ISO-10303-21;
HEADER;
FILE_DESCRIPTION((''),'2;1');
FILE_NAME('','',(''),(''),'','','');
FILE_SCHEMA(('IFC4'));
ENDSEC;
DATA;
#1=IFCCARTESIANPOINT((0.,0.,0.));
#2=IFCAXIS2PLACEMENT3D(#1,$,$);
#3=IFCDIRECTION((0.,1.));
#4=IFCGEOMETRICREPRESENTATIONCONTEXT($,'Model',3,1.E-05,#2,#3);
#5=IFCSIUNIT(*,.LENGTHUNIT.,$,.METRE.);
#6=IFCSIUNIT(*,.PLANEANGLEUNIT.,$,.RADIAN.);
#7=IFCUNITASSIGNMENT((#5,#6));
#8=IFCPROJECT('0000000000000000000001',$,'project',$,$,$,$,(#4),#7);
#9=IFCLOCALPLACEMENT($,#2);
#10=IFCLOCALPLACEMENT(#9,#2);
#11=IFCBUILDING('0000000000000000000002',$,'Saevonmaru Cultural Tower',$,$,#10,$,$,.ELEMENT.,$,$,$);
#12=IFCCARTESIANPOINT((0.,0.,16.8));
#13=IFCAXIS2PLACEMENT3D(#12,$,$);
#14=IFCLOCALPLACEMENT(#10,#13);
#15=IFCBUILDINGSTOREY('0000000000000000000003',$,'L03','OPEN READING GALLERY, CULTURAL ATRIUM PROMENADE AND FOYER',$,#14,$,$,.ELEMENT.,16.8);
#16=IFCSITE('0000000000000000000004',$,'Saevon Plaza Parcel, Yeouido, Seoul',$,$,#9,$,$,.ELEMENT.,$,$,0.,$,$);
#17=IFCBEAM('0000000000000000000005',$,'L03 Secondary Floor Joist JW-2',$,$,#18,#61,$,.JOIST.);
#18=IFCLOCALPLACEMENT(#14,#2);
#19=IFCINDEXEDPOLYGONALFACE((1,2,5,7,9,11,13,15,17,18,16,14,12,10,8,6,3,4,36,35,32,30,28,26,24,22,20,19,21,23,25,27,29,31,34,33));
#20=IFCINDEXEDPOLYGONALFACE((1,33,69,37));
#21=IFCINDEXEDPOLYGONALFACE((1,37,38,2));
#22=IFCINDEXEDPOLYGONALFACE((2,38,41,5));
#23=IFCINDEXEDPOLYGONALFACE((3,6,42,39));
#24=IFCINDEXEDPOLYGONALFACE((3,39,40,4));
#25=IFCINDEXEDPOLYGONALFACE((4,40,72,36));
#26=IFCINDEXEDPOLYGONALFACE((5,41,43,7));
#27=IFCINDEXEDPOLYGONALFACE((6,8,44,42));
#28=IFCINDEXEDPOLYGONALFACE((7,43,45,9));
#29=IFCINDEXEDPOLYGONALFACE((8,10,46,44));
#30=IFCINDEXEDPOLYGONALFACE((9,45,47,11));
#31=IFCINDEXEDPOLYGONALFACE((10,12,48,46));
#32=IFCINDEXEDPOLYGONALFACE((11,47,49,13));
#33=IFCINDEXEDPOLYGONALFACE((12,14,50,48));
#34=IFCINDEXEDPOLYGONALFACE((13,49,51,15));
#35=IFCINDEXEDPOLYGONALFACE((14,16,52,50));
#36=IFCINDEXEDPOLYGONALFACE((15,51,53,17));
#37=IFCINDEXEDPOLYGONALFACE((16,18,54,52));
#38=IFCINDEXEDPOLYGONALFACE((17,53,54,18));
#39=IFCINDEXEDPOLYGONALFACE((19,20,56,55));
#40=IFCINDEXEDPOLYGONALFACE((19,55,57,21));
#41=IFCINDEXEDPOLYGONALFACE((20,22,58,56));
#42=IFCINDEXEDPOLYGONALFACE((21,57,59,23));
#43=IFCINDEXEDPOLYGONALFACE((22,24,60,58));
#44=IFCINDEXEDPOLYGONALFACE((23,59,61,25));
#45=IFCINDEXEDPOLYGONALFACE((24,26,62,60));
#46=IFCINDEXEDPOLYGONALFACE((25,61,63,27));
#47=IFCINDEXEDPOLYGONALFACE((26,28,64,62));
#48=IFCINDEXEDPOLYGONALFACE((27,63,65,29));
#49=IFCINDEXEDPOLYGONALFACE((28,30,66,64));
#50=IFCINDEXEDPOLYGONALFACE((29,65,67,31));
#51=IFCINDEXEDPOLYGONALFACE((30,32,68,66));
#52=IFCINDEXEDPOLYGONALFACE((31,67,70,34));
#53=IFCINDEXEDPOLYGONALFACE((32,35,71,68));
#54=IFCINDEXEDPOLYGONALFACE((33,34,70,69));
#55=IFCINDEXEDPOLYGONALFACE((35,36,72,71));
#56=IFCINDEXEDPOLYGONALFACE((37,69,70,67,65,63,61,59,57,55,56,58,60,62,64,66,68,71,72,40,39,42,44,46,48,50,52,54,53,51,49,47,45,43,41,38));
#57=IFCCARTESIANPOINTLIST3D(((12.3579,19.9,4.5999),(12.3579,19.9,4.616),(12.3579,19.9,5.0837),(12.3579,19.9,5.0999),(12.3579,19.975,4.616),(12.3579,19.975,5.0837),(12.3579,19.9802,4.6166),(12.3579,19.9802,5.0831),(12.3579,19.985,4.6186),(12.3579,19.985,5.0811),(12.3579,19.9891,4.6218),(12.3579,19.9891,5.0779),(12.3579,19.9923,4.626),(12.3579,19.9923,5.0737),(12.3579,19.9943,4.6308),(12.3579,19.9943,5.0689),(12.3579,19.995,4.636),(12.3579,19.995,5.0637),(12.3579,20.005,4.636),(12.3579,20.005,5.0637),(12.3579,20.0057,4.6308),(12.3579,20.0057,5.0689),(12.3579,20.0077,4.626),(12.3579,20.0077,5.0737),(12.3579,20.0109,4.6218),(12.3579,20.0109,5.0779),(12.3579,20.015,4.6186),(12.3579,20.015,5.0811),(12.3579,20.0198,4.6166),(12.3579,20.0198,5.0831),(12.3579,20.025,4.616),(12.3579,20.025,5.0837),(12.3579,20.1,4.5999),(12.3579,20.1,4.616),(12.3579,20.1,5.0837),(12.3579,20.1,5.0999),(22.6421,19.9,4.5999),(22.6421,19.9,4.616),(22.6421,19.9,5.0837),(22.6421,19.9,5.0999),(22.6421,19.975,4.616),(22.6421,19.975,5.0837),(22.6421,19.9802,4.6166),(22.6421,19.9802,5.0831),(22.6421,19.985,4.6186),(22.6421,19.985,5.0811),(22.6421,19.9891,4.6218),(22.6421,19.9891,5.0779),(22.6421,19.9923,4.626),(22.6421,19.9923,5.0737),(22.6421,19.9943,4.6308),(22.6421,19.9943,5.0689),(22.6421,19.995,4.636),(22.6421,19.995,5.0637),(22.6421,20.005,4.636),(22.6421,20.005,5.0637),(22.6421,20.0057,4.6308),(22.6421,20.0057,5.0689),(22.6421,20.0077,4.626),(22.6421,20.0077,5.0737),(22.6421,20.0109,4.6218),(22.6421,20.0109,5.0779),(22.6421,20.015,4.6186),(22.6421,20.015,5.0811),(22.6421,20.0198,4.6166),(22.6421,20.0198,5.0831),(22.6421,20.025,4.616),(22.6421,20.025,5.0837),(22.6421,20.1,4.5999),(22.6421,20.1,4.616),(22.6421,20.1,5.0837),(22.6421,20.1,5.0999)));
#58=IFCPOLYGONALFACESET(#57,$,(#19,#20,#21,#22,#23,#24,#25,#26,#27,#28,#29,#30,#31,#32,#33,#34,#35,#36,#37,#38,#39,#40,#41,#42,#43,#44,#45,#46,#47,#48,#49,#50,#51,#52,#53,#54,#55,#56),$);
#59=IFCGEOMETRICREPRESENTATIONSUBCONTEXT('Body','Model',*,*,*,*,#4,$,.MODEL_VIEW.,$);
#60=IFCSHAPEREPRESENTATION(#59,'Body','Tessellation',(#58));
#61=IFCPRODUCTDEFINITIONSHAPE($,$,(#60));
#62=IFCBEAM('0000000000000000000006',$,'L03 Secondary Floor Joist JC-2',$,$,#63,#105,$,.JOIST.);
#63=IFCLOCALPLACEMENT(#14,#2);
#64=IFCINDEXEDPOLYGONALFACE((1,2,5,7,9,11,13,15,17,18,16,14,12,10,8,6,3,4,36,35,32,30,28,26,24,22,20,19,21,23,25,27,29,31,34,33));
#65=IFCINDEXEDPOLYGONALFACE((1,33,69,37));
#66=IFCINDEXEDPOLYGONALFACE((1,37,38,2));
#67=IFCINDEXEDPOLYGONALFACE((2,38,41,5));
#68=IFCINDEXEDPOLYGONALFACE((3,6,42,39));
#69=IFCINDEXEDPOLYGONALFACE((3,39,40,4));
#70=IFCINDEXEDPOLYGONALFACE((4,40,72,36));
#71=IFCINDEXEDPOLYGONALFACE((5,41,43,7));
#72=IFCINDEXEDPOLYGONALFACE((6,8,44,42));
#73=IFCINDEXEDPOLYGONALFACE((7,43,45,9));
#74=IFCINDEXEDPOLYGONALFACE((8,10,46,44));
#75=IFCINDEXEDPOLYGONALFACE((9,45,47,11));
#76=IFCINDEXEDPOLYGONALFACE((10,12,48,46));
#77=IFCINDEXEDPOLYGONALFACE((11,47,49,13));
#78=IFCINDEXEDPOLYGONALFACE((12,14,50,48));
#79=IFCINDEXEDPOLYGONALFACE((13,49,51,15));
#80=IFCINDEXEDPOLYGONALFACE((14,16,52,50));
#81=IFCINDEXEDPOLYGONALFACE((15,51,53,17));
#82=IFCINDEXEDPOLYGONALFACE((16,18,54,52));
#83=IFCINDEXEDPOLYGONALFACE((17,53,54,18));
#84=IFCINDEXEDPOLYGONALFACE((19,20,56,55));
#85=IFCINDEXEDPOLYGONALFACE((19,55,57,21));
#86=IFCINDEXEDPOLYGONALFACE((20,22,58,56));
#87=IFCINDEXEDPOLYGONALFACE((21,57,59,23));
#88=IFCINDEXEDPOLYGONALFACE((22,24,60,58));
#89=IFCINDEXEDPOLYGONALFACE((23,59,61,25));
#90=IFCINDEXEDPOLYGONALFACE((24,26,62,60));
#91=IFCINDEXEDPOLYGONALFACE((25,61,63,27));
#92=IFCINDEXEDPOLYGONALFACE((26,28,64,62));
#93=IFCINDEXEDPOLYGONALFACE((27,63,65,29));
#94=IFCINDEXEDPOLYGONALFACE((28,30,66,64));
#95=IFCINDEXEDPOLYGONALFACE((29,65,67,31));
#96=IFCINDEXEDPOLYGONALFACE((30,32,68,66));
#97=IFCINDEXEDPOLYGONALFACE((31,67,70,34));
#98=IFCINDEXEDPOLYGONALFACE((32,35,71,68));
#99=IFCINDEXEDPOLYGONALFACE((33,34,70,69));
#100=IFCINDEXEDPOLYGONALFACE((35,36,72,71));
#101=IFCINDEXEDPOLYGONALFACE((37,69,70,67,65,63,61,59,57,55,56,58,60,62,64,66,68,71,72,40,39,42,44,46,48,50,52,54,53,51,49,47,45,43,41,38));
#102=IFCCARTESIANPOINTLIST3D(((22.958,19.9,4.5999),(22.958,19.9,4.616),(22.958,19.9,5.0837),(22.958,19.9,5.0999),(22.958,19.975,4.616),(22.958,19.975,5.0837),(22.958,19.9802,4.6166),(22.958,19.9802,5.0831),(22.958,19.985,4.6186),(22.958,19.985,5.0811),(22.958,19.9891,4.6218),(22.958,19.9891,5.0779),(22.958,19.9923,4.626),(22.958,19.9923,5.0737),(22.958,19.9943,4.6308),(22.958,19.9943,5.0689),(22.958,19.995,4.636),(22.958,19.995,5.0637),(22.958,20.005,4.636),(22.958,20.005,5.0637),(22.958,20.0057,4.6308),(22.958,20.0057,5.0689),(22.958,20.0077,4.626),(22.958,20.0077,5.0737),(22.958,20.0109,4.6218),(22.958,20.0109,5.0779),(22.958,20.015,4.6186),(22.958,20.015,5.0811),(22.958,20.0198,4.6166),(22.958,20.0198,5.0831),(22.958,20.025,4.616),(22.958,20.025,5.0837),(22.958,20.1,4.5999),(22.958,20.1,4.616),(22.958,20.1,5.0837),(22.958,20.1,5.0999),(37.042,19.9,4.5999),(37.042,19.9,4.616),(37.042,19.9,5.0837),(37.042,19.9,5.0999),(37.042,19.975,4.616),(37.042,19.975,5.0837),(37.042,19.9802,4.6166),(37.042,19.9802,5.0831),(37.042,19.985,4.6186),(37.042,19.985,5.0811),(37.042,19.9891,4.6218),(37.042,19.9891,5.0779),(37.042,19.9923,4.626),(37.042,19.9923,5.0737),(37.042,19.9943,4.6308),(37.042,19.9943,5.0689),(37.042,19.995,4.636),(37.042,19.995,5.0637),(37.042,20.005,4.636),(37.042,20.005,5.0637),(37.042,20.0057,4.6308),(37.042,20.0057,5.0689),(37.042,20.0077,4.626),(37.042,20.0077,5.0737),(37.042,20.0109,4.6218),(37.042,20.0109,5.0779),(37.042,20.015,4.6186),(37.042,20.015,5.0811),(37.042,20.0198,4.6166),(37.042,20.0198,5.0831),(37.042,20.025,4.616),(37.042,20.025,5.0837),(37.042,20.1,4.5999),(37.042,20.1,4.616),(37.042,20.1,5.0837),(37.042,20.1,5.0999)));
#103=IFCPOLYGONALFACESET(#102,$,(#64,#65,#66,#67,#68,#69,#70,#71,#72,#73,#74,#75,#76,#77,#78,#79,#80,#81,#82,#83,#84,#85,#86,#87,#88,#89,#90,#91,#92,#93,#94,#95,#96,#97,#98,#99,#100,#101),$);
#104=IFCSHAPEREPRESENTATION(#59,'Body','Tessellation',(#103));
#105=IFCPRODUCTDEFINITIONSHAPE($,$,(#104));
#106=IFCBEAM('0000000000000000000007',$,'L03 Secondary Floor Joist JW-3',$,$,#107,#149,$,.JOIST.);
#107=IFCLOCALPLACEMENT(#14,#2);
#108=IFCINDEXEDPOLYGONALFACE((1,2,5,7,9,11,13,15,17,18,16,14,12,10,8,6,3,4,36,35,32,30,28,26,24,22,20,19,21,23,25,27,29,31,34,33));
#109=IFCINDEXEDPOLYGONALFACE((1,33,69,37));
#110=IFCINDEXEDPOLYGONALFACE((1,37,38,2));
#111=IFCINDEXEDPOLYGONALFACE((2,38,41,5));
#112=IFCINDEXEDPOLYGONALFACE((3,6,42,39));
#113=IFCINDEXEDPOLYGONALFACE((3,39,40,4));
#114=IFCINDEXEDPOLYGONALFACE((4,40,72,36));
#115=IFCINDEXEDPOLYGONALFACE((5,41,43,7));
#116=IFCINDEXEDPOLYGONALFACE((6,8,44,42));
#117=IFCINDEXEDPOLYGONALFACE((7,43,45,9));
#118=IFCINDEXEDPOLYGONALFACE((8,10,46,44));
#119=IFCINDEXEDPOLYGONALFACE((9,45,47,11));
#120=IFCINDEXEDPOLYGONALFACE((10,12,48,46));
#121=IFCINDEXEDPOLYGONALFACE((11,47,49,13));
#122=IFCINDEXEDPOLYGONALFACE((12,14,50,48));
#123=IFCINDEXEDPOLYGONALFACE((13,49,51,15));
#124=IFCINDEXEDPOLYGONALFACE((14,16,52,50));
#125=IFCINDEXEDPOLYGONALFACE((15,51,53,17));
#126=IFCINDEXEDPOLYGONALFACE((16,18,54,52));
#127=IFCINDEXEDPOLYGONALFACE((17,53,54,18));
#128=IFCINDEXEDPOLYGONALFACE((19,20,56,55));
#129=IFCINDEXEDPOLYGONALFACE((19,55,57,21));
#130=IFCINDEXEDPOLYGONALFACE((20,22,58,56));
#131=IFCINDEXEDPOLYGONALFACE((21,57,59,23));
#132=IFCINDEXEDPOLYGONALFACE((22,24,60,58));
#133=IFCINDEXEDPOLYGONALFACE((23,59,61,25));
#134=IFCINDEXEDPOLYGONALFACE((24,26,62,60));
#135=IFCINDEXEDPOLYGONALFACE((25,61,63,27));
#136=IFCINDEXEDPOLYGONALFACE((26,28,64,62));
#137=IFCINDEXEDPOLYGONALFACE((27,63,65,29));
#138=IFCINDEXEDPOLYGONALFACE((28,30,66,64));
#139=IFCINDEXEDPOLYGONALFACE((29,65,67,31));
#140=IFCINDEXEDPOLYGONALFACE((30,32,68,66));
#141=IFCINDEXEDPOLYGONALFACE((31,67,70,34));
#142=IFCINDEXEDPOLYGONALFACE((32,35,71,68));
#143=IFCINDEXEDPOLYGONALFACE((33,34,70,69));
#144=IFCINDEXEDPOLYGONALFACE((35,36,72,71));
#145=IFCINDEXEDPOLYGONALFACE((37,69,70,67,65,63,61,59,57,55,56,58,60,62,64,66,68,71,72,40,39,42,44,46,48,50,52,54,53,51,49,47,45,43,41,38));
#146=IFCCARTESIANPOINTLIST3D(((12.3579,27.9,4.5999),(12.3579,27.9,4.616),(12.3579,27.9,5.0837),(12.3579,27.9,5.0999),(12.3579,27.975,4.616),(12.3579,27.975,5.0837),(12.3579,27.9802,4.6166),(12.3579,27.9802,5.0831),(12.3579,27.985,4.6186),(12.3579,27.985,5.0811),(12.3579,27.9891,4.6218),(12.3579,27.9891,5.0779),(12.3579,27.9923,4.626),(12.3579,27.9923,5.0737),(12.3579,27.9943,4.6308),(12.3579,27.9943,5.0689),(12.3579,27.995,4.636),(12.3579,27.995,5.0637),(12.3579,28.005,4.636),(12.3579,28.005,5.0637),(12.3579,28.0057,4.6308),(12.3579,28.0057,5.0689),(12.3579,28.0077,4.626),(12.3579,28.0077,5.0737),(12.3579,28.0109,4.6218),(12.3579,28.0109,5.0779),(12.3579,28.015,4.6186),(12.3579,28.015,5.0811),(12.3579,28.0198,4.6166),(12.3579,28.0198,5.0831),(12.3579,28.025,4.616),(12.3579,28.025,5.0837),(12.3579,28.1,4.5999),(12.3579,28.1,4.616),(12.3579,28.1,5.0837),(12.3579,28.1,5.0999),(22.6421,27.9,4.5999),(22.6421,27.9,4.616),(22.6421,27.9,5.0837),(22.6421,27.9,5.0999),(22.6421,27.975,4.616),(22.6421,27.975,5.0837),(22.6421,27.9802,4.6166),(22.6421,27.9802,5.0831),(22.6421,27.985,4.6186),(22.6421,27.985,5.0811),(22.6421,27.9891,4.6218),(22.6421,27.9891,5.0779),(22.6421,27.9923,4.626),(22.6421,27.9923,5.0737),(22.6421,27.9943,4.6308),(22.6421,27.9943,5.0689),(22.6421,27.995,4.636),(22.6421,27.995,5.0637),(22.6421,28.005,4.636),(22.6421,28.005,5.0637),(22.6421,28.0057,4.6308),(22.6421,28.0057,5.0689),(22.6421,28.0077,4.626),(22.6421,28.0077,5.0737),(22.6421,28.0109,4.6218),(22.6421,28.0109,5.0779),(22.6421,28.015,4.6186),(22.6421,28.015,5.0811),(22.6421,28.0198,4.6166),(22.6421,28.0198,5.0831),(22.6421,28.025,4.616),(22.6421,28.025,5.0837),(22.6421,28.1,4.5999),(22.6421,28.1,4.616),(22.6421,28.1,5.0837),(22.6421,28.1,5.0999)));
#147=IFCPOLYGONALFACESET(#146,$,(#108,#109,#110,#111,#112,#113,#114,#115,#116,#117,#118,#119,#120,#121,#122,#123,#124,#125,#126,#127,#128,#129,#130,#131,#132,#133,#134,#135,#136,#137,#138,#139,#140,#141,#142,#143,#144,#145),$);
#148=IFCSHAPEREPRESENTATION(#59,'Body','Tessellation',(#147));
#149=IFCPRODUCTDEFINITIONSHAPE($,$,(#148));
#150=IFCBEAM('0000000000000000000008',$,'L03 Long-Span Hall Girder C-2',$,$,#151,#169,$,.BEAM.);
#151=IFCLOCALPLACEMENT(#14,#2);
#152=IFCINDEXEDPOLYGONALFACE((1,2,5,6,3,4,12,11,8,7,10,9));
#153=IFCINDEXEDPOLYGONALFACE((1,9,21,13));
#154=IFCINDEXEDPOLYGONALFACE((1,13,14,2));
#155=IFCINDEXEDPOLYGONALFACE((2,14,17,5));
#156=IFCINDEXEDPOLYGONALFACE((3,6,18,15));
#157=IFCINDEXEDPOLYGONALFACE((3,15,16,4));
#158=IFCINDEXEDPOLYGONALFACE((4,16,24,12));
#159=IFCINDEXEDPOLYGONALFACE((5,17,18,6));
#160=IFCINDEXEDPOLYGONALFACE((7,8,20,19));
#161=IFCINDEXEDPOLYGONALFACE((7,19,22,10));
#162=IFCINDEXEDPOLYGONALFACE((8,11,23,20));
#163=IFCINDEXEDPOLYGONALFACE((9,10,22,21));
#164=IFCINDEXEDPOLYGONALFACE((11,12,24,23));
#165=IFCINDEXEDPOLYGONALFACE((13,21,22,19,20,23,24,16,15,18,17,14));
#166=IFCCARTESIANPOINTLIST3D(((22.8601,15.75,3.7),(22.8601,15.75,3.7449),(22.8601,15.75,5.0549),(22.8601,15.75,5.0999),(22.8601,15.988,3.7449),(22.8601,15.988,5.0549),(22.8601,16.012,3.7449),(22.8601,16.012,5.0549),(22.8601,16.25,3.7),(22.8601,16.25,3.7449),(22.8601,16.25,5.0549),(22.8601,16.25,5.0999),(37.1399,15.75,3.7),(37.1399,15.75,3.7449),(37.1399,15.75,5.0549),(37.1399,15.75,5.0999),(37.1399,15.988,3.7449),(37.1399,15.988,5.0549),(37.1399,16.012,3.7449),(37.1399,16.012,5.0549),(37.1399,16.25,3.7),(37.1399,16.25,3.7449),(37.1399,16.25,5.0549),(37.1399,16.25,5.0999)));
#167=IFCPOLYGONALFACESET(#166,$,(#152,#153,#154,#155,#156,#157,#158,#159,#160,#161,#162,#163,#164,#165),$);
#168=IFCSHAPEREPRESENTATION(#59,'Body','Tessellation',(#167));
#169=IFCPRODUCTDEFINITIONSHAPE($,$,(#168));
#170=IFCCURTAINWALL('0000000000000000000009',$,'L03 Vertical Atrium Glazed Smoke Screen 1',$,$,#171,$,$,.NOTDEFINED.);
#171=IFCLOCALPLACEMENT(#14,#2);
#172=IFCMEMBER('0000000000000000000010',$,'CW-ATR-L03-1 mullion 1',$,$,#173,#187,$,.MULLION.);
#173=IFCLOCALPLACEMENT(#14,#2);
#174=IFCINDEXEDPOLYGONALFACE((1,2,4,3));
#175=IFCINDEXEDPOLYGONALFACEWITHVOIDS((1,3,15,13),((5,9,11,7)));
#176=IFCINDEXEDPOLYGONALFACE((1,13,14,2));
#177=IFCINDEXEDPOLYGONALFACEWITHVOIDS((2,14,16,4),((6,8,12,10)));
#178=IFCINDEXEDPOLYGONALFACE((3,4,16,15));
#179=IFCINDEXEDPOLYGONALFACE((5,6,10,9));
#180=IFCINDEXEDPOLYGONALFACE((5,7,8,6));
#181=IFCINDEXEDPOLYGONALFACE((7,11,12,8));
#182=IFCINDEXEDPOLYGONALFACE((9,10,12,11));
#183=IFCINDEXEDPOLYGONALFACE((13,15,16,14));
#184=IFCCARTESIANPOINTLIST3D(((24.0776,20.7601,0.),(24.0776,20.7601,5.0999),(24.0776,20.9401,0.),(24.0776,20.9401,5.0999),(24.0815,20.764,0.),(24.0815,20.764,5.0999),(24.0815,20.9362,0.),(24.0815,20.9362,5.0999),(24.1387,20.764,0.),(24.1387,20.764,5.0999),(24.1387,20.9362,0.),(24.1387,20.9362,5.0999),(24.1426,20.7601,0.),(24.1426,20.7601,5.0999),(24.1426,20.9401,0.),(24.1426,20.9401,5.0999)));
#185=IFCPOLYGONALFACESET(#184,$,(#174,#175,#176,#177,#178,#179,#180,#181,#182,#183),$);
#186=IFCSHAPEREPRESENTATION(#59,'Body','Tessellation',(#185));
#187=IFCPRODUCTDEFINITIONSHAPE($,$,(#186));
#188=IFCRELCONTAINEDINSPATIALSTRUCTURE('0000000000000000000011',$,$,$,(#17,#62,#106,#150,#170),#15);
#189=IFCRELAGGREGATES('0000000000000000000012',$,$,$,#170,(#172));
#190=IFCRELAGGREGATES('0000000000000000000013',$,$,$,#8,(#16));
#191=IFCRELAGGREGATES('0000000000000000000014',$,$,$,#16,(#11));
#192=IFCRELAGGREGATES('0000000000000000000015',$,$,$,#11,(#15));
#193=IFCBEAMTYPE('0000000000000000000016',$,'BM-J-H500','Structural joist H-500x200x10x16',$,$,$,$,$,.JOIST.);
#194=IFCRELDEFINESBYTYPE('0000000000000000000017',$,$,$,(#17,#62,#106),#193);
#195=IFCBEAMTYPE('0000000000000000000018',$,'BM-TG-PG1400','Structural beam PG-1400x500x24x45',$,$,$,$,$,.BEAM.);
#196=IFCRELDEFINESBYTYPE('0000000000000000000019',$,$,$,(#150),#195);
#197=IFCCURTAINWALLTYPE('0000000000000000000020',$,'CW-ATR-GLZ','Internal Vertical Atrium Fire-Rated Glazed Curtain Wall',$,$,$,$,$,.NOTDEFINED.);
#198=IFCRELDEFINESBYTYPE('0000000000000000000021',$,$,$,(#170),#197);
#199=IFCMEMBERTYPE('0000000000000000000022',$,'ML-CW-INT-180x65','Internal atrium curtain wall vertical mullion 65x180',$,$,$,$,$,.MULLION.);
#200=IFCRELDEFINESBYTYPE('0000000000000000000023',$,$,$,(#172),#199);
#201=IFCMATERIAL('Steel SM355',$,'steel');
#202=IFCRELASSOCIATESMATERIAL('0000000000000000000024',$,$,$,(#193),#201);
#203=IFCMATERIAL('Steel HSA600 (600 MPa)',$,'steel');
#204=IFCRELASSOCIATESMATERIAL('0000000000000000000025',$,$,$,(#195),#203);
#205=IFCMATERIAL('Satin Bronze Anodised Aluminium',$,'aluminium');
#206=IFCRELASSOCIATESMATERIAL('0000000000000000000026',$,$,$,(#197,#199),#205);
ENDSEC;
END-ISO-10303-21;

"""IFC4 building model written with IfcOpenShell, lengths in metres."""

from ifc_helpers import new_model, si_unit, direction, frame, origin, origin_2d, place, context, subcontext, project, spatial, hollow_rectangle, i_section, extrude, material, material_profile, profile_set, type_object, element, aggregate, save


model = new_model("IFC4")

# Units and contexts
model_context = context("Model", 3, precision=1e-05, world=origin(), true_north=direction((0.0, 1.0)))
body_context = subcontext(model_context, "Body", "Model", "MODEL_VIEW")
ifc_project = project(units=[si_unit("LENGTHUNIT", "METRE"), si_unit("PLANEANGLEUNIT", "RADIAN")], contexts=[model_context])

# Site, building, storey
site_placement = place(None, origin())
site = spatial("IfcSite", under=ifc_project, at=site_placement, Name="Saevon Plaza Parcel, Yeouido, Seoul", CompositionType="ELEMENT", RefElevation=0.0)
building_placement = place(site_placement, origin())
building = spatial("IfcBuilding", under=site, at=building_placement, Name="Saevonmaru Cultural Tower", CompositionType="ELEMENT")
storey_placement = place(building_placement, frame((0.0, 0.0, 16.8)))
storey = spatial("IfcBuildingStorey", under=building, at=storey_placement, Name="L03", Description="OPEN READING GALLERY, CULTURAL ATRIUM PROMENADE AND FOYER", CompositionType="ELEMENT", Elevation=16.8)

# Beams
ifc_material_1 = material(Name="Steel SM355", Category="steel")
ifc_material_profile_1 = material_profile(ifc_material_1, i_section(OverallWidth=0.2, OverallDepth=0.5, WebThickness=0.01, FlangeThickness=0.0161, FilletRadius=0.02, at=origin_2d()), Name="H-500x200x10x16")
ifc_profile_set_1 = profile_set([ifc_material_profile_1], Name="Steel SM355")
beam_type_1 = type_object("IfcBeamType", Name="BM-J-H500", Description="Structural joist H-500x200x10x16", PredefinedType="JOIST", material=ifc_profile_set_1)
for number, where, z_axis, x_axis, name in (
    (1, (12.3579, 20.0, 4.8499), (1.0, 0.0, 0.0), (0.0, 1.0, 0.0), "L03 Secondary Floor Joist JW-2"),
):
    element("IfcBeam", number, at=place(storey_placement, frame(where, z_axis=z_axis, x_axis=x_axis)), inside=storey, type_object=beam_type_1, Name=name, PredefinedType="JOIST", context=body_context, shape_type="SweptSolid", body=[
        extrude(i_section(OverallWidth=0.2, OverallDepth=0.5, WebThickness=0.01, FlangeThickness=0.0161, FilletRadius=0.02, at=origin_2d()), origin(), (0.0, 0.0, 1.0), 10.2842),
    ])
beam_1_placement = place(storey_placement, frame((22.958, 20.0, 4.8499), z_axis=(1.0, 0.0, 0.0), x_axis=(0.0, 1.0, 0.0)))
element("IfcBeam", 2, at=beam_1_placement, inside=storey, type_object=beam_type_1, Name="L03 Secondary Floor Joist JC-2", PredefinedType="JOIST", context=body_context, shape_type="SweptSolid", body=[
    extrude(i_section(OverallWidth=0.2, OverallDepth=0.5, WebThickness=0.01, FlangeThickness=0.0161, FilletRadius=0.02, at=origin_2d()), origin(), (0.0, 0.0, 1.0), 14.084),
])
beam_2_placement = place(storey_placement, frame((12.3579, 28.0, 4.8499), z_axis=(1.0, 0.0, 0.0), x_axis=(0.0, 1.0, 0.0)))
element("IfcBeam", 3, at=beam_2_placement, inside=storey, type_object=beam_type_1, Name="L03 Secondary Floor Joist JW-3", PredefinedType="JOIST", context=body_context, shape_type="SweptSolid", body=[
    extrude(i_section(OverallWidth=0.2, OverallDepth=0.5, WebThickness=0.01, FlangeThickness=0.0161, FilletRadius=0.02, at=origin_2d()), origin(), (0.0, 0.0, 1.0), 10.2842),
])
ifc_material_2 = material(Name="Steel HSA600 (600 MPa)", Category="steel")
ifc_material_profile_2 = material_profile(ifc_material_2, i_section(OverallWidth=0.5, OverallDepth=1.3999, WebThickness=0.0239, FlangeThickness=0.0449, at=origin_2d()), Name="PG-1400x500x24x45")
ifc_profile_set_2 = profile_set([ifc_material_profile_2], Name="Steel HSA600 (600 MPa)")
beam_type_2 = type_object("IfcBeamType", Name="BM-TG-PG1400", Description="Structural beam PG-1400x500x24x45", PredefinedType="BEAM", material=ifc_profile_set_2)
beam_3_placement = place(storey_placement, frame((22.8601, 16.0, 4.3999), z_axis=(1.0, 0.0, 0.0), x_axis=(0.0, 1.0, 0.0)))
element("IfcBeam", 4, at=beam_3_placement, inside=storey, type_object=beam_type_2, Name="L03 Long-Span Hall Girder C-2", PredefinedType="BEAM", context=body_context, shape_type="SweptSolid", body=[
    extrude(i_section(OverallWidth=0.5, OverallDepth=1.3999, WebThickness=0.0239, FlangeThickness=0.0449, at=origin_2d()), origin(), (0.0, 0.0, 1.0), 14.2798),
])

# Curtain wall, member
ifc_material_3 = material(Name="Satin Bronze Anodised Aluminium", Category="aluminium")
curtain_wall_type = type_object("IfcCurtainWallType", Name="CW-ATR-GLZ", Description="Internal Vertical Atrium Fire-Rated Glazed Curtain Wall", PredefinedType="NOTDEFINED", material=ifc_material_3)
curtain_wall_1_placement = place(storey_placement, origin())
curtain_wall_1 = element("IfcCurtainWall", 5, at=curtain_wall_1_placement, inside=storey, type_object=curtain_wall_type, Name="L03 Vertical Atrium Glazed Smoke Screen 1", PredefinedType="NOTDEFINED")
ifc_material_profile_3 = material_profile(ifc_material_3, hollow_rectangle(XDim=0.0649, YDim=0.1799, WallThickness=0.0039, at=origin_2d()), Name="ALU-MULL-180x65x4")
ifc_profile_set_3 = profile_set([ifc_material_profile_3], Name="Satin Bronze Anodised Aluminium")
member_type_1 = type_object("IfcMemberType", Name="ML-CW-INT-180x65", Description="Internal atrium curtain wall vertical mullion 65x180", PredefinedType="MULLION", material=ifc_profile_set_3)
member_1_placement = place(storey_placement, frame((24.1101, 20.8501, 0.0), z_axis=(0.0, 0.0, 1.0), x_axis=(1.0, 0.0, 0.0)))
member_1 = element("IfcMember", 6, at=member_1_placement, type_object=member_type_1, Name="CW-ATR-L03-1 mullion 1", PredefinedType="MULLION", context=body_context, shape_type="SweptSolid", body=[
    extrude(hollow_rectangle(XDim=0.0649, YDim=0.1799, WallThickness=0.0039, at=origin_2d()), origin(), (0.0, 0.0, 1.0), 5.0999),
])

aggregate(curtain_wall_1, [member_1])

save(model, "model.ifc")
